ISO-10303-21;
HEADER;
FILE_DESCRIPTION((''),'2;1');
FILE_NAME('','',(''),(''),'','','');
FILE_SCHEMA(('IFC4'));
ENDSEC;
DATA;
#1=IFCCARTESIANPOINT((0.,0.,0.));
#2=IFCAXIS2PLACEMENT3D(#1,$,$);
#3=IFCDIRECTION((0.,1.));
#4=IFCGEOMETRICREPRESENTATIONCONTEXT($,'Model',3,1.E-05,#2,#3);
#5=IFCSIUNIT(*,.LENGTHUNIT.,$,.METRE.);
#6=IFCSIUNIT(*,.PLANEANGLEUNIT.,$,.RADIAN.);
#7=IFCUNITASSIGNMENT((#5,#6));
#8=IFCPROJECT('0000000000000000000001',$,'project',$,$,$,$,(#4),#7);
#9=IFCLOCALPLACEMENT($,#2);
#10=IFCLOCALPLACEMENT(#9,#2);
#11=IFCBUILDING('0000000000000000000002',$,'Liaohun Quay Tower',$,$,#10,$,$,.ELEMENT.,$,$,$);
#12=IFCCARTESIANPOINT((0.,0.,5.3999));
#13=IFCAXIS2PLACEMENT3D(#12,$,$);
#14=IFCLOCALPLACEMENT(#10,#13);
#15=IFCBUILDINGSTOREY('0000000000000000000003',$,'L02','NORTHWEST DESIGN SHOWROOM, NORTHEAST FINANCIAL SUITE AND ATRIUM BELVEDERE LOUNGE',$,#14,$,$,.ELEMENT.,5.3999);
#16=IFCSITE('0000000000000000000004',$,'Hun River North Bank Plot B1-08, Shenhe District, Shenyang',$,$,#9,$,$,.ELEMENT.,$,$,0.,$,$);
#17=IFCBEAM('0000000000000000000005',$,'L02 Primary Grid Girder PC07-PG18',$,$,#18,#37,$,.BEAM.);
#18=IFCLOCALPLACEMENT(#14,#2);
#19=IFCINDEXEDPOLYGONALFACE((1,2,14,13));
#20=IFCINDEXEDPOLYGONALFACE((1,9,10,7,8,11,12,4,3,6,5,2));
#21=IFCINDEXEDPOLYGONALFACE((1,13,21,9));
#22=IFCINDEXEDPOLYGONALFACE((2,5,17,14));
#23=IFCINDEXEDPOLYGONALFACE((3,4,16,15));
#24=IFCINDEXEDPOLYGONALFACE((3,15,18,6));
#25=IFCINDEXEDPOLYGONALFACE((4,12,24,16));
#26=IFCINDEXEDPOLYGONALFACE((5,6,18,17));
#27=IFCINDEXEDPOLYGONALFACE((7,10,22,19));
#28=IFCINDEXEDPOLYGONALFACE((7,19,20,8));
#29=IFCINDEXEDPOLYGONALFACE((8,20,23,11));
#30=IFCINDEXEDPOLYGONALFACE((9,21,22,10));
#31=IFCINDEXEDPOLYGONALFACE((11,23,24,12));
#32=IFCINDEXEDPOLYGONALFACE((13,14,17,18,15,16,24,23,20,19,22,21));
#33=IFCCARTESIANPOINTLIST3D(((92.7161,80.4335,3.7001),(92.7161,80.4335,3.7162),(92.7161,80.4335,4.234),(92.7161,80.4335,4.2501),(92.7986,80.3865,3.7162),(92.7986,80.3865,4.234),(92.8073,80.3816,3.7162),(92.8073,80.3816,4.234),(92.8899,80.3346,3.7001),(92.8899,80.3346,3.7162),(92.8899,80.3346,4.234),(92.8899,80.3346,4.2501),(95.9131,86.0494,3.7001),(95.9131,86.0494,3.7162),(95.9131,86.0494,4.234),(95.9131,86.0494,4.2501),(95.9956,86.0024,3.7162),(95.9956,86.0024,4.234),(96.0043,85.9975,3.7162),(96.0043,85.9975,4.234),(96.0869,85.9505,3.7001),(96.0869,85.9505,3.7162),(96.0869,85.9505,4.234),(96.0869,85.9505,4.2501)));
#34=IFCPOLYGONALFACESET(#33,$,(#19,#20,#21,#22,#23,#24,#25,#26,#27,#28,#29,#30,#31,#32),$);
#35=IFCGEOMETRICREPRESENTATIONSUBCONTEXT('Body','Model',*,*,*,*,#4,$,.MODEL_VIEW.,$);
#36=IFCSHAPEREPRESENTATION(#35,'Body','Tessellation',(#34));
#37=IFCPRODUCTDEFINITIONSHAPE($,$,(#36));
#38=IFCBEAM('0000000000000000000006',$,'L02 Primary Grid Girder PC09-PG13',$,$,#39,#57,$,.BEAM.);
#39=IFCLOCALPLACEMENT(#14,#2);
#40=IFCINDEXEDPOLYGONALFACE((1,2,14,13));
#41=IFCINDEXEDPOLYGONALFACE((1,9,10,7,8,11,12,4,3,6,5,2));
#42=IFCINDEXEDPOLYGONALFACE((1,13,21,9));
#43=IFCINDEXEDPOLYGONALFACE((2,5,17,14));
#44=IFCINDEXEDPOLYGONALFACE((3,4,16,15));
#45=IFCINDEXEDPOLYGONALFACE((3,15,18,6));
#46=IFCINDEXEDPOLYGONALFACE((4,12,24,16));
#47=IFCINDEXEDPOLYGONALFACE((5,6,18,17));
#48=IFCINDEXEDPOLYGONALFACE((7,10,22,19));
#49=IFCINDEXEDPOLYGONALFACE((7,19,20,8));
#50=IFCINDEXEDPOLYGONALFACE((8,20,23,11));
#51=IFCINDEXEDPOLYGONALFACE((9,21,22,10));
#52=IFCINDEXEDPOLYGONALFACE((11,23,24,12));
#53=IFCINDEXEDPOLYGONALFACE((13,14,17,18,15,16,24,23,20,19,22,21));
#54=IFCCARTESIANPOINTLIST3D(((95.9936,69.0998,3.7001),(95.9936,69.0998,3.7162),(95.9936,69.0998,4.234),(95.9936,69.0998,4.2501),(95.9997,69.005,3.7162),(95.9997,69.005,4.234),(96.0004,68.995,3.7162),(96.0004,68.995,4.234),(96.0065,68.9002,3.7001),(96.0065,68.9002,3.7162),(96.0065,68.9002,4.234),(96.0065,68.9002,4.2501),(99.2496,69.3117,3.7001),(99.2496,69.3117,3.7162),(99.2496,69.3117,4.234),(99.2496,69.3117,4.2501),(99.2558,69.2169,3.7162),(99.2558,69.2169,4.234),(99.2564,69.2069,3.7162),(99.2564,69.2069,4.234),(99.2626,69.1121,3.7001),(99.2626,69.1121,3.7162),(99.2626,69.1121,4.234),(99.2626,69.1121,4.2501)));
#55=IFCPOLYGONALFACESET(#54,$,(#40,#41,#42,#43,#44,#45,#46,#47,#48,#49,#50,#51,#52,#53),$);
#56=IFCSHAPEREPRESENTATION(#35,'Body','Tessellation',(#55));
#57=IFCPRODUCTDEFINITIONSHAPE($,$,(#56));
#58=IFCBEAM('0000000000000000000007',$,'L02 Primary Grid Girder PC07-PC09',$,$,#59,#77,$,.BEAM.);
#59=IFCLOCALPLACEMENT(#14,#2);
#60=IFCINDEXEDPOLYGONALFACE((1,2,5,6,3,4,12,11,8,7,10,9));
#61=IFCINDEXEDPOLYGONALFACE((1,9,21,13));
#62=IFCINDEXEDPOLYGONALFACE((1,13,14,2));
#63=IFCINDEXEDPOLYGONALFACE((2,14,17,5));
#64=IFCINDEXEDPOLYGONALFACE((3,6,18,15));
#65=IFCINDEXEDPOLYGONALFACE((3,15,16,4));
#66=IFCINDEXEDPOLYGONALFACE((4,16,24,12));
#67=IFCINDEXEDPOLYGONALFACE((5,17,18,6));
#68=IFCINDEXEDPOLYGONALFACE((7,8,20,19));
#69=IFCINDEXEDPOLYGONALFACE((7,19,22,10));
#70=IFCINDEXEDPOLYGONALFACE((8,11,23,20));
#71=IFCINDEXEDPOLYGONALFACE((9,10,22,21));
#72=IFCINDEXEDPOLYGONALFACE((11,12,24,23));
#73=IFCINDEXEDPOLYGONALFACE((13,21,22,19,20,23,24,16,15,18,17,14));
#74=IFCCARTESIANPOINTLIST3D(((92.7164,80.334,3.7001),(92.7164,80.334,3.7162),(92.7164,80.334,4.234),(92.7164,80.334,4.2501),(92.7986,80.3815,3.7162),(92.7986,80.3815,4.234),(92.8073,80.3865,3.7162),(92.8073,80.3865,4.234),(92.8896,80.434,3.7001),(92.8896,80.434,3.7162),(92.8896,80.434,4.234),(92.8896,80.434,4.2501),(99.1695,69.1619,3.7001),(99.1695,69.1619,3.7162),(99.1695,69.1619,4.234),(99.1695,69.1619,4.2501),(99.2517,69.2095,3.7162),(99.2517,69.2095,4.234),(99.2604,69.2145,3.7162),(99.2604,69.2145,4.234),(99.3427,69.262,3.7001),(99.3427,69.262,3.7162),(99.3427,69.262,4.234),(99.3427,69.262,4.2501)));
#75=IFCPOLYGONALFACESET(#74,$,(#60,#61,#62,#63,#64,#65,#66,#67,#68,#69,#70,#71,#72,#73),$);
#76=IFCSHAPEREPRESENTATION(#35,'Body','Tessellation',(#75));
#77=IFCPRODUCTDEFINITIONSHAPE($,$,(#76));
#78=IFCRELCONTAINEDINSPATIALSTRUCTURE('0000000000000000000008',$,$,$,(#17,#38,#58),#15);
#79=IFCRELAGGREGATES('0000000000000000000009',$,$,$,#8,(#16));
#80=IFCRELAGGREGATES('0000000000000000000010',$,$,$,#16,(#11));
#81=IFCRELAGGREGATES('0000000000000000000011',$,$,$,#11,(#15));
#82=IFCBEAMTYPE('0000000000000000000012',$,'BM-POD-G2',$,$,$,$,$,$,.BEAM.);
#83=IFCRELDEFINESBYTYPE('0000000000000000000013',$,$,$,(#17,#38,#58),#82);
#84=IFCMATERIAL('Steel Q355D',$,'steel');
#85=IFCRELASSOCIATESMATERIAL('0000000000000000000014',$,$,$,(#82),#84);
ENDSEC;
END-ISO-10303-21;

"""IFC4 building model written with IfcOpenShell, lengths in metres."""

from ifc_helpers import new_model, si_unit, direction, frame, origin, origin_2d, place, context, subcontext, project, spatial, i_section, extrude, source, transform, mapped, material, material_profile, profile_set, type_object, element, save


model = new_model("IFC4")

# Units and contexts
model_context = context("Model", 3, precision=1e-05, world=origin(), true_north=direction((0.0, 1.0)))
body_context = subcontext(model_context, "Body", "Model", "MODEL_VIEW")
ifc_project = project(units=[si_unit("LENGTHUNIT", "METRE"), si_unit("PLANEANGLEUNIT", "RADIAN")], contexts=[model_context])

# Site, building, storey
site_placement = place(None, origin())
site = spatial("IfcSite", under=ifc_project, at=site_placement, Name="Hun River North Bank Plot B1-08, Shenhe District, Shenyang", CompositionType="ELEMENT", RefElevation=0.0)
building_placement = place(site_placement, origin())
building = spatial("IfcBuilding", under=site, at=building_placement, Name="Liaohun Quay Tower", CompositionType="ELEMENT")
storey_placement = place(building_placement, frame((0.0, 0.0, 5.3999)))
storey = spatial("IfcBuildingStorey", under=building, at=storey_placement, Name="L02", Description="NORTHWEST DESIGN SHOWROOM, NORTHEAST FINANCIAL SUITE AND ATRIUM BELVEDERE LOUNGE", CompositionType="ELEMENT", Elevation=5.3999)

# Beams
ifc_material_1 = material(Name="Steel Q355D", Category="steel")
ifc_material_profile_1 = material_profile(ifc_material_1, i_section(OverallWidth=0.2, OverallDepth=0.55, WebThickness=0.01, FlangeThickness=0.0161, at=origin_2d()), Name="HN550x200x10x16")
ifc_profile_set_1 = profile_set([ifc_material_profile_1], Name="Steel Q355D")
beam_type_1 = type_object("IfcBeamType", Name="BM-POD-G2", PredefinedType="BEAM", material=ifc_profile_set_1)
shared_shape_1 = source(origin(), body_context, "Body", "SweptSolid", [
    extrude(i_section(OverallWidth=0.2, OverallDepth=0.55, WebThickness=0.01, FlangeThickness=0.0161, at=origin_2d()), origin(), (0.0, 0.0, 1.0), 6.4622),
])
beam_1_placement = place(storey_placement, frame((92.803, 80.384, 3.9751), z_axis=(0.494726, 0.869049, 0.0), x_axis=(-0.869049, 0.494726, 0.0)))
element("IfcBeam", 1, at=beam_1_placement, inside=storey, type_object=beam_type_1, Name="L02 Primary Grid Girder PC07-PG18", PredefinedType="BEAM", context=body_context, shape_type="MappedRepresentation", body=[
    mapped(shared_shape_1, transform((0.0, 0.0, 0.0), x_axis=(1.0, 0.0, 0.0), y_axis=(0.0, 1.0, 0.0), z_axis=(0.0, 0.0, 1.0), scale=1.0)),
])
shared_shape_2 = source(origin(), body_context, "Body", "SweptSolid", [
    extrude(i_section(OverallWidth=0.2, OverallDepth=0.55, WebThickness=0.01, FlangeThickness=0.0161, at=origin_2d()), origin(), (0.0, 0.0, 1.0), 3.2629),
])
beam_2_placement = place(storey_placement, frame((99.2561, 69.2119, 3.9751), z_axis=(-0.997889, -0.064945, 0.0), x_axis=(0.064945, -0.997889, 0.0)))
element("IfcBeam", 2, at=beam_2_placement, inside=storey, type_object=beam_type_1, Name="L02 Primary Grid Girder PC09-PG13", PredefinedType="BEAM", context=body_context, shape_type="MappedRepresentation", body=[
    mapped(shared_shape_2, transform((0.0, 0.0, 0.0), x_axis=(1.0, 0.0, 0.0), y_axis=(0.0, 1.0, 0.0), z_axis=(0.0, 0.0, 1.0), scale=1.0)),
])
shared_shape_3 = source(origin(), body_context, "Body", "SweptSolid", [
    extrude(i_section(OverallWidth=0.2, OverallDepth=0.55, WebThickness=0.01, FlangeThickness=0.0161, at=origin_2d()), origin(), (0.0, 0.0, 1.0), 12.9019),
])
beam_3_placement = place(storey_placement, frame((92.803, 80.384, 3.9751), z_axis=(0.500169, -0.865928, 0.0), x_axis=(0.865928, 0.500169, 0.0)))
element("IfcBeam", 3, at=beam_3_placement, inside=storey, type_object=beam_type_1, Name="L02 Primary Grid Girder PC07-PC09", PredefinedType="BEAM", context=body_context, shape_type="MappedRepresentation", body=[
    mapped(shared_shape_3, transform((0.0, 0.0, 0.0), x_axis=(1.0, 0.0, 0.0), y_axis=(0.0, 1.0, 0.0), z_axis=(0.0, 0.0, 1.0), scale=1.0)),
])

save(model, "model.ifc")
